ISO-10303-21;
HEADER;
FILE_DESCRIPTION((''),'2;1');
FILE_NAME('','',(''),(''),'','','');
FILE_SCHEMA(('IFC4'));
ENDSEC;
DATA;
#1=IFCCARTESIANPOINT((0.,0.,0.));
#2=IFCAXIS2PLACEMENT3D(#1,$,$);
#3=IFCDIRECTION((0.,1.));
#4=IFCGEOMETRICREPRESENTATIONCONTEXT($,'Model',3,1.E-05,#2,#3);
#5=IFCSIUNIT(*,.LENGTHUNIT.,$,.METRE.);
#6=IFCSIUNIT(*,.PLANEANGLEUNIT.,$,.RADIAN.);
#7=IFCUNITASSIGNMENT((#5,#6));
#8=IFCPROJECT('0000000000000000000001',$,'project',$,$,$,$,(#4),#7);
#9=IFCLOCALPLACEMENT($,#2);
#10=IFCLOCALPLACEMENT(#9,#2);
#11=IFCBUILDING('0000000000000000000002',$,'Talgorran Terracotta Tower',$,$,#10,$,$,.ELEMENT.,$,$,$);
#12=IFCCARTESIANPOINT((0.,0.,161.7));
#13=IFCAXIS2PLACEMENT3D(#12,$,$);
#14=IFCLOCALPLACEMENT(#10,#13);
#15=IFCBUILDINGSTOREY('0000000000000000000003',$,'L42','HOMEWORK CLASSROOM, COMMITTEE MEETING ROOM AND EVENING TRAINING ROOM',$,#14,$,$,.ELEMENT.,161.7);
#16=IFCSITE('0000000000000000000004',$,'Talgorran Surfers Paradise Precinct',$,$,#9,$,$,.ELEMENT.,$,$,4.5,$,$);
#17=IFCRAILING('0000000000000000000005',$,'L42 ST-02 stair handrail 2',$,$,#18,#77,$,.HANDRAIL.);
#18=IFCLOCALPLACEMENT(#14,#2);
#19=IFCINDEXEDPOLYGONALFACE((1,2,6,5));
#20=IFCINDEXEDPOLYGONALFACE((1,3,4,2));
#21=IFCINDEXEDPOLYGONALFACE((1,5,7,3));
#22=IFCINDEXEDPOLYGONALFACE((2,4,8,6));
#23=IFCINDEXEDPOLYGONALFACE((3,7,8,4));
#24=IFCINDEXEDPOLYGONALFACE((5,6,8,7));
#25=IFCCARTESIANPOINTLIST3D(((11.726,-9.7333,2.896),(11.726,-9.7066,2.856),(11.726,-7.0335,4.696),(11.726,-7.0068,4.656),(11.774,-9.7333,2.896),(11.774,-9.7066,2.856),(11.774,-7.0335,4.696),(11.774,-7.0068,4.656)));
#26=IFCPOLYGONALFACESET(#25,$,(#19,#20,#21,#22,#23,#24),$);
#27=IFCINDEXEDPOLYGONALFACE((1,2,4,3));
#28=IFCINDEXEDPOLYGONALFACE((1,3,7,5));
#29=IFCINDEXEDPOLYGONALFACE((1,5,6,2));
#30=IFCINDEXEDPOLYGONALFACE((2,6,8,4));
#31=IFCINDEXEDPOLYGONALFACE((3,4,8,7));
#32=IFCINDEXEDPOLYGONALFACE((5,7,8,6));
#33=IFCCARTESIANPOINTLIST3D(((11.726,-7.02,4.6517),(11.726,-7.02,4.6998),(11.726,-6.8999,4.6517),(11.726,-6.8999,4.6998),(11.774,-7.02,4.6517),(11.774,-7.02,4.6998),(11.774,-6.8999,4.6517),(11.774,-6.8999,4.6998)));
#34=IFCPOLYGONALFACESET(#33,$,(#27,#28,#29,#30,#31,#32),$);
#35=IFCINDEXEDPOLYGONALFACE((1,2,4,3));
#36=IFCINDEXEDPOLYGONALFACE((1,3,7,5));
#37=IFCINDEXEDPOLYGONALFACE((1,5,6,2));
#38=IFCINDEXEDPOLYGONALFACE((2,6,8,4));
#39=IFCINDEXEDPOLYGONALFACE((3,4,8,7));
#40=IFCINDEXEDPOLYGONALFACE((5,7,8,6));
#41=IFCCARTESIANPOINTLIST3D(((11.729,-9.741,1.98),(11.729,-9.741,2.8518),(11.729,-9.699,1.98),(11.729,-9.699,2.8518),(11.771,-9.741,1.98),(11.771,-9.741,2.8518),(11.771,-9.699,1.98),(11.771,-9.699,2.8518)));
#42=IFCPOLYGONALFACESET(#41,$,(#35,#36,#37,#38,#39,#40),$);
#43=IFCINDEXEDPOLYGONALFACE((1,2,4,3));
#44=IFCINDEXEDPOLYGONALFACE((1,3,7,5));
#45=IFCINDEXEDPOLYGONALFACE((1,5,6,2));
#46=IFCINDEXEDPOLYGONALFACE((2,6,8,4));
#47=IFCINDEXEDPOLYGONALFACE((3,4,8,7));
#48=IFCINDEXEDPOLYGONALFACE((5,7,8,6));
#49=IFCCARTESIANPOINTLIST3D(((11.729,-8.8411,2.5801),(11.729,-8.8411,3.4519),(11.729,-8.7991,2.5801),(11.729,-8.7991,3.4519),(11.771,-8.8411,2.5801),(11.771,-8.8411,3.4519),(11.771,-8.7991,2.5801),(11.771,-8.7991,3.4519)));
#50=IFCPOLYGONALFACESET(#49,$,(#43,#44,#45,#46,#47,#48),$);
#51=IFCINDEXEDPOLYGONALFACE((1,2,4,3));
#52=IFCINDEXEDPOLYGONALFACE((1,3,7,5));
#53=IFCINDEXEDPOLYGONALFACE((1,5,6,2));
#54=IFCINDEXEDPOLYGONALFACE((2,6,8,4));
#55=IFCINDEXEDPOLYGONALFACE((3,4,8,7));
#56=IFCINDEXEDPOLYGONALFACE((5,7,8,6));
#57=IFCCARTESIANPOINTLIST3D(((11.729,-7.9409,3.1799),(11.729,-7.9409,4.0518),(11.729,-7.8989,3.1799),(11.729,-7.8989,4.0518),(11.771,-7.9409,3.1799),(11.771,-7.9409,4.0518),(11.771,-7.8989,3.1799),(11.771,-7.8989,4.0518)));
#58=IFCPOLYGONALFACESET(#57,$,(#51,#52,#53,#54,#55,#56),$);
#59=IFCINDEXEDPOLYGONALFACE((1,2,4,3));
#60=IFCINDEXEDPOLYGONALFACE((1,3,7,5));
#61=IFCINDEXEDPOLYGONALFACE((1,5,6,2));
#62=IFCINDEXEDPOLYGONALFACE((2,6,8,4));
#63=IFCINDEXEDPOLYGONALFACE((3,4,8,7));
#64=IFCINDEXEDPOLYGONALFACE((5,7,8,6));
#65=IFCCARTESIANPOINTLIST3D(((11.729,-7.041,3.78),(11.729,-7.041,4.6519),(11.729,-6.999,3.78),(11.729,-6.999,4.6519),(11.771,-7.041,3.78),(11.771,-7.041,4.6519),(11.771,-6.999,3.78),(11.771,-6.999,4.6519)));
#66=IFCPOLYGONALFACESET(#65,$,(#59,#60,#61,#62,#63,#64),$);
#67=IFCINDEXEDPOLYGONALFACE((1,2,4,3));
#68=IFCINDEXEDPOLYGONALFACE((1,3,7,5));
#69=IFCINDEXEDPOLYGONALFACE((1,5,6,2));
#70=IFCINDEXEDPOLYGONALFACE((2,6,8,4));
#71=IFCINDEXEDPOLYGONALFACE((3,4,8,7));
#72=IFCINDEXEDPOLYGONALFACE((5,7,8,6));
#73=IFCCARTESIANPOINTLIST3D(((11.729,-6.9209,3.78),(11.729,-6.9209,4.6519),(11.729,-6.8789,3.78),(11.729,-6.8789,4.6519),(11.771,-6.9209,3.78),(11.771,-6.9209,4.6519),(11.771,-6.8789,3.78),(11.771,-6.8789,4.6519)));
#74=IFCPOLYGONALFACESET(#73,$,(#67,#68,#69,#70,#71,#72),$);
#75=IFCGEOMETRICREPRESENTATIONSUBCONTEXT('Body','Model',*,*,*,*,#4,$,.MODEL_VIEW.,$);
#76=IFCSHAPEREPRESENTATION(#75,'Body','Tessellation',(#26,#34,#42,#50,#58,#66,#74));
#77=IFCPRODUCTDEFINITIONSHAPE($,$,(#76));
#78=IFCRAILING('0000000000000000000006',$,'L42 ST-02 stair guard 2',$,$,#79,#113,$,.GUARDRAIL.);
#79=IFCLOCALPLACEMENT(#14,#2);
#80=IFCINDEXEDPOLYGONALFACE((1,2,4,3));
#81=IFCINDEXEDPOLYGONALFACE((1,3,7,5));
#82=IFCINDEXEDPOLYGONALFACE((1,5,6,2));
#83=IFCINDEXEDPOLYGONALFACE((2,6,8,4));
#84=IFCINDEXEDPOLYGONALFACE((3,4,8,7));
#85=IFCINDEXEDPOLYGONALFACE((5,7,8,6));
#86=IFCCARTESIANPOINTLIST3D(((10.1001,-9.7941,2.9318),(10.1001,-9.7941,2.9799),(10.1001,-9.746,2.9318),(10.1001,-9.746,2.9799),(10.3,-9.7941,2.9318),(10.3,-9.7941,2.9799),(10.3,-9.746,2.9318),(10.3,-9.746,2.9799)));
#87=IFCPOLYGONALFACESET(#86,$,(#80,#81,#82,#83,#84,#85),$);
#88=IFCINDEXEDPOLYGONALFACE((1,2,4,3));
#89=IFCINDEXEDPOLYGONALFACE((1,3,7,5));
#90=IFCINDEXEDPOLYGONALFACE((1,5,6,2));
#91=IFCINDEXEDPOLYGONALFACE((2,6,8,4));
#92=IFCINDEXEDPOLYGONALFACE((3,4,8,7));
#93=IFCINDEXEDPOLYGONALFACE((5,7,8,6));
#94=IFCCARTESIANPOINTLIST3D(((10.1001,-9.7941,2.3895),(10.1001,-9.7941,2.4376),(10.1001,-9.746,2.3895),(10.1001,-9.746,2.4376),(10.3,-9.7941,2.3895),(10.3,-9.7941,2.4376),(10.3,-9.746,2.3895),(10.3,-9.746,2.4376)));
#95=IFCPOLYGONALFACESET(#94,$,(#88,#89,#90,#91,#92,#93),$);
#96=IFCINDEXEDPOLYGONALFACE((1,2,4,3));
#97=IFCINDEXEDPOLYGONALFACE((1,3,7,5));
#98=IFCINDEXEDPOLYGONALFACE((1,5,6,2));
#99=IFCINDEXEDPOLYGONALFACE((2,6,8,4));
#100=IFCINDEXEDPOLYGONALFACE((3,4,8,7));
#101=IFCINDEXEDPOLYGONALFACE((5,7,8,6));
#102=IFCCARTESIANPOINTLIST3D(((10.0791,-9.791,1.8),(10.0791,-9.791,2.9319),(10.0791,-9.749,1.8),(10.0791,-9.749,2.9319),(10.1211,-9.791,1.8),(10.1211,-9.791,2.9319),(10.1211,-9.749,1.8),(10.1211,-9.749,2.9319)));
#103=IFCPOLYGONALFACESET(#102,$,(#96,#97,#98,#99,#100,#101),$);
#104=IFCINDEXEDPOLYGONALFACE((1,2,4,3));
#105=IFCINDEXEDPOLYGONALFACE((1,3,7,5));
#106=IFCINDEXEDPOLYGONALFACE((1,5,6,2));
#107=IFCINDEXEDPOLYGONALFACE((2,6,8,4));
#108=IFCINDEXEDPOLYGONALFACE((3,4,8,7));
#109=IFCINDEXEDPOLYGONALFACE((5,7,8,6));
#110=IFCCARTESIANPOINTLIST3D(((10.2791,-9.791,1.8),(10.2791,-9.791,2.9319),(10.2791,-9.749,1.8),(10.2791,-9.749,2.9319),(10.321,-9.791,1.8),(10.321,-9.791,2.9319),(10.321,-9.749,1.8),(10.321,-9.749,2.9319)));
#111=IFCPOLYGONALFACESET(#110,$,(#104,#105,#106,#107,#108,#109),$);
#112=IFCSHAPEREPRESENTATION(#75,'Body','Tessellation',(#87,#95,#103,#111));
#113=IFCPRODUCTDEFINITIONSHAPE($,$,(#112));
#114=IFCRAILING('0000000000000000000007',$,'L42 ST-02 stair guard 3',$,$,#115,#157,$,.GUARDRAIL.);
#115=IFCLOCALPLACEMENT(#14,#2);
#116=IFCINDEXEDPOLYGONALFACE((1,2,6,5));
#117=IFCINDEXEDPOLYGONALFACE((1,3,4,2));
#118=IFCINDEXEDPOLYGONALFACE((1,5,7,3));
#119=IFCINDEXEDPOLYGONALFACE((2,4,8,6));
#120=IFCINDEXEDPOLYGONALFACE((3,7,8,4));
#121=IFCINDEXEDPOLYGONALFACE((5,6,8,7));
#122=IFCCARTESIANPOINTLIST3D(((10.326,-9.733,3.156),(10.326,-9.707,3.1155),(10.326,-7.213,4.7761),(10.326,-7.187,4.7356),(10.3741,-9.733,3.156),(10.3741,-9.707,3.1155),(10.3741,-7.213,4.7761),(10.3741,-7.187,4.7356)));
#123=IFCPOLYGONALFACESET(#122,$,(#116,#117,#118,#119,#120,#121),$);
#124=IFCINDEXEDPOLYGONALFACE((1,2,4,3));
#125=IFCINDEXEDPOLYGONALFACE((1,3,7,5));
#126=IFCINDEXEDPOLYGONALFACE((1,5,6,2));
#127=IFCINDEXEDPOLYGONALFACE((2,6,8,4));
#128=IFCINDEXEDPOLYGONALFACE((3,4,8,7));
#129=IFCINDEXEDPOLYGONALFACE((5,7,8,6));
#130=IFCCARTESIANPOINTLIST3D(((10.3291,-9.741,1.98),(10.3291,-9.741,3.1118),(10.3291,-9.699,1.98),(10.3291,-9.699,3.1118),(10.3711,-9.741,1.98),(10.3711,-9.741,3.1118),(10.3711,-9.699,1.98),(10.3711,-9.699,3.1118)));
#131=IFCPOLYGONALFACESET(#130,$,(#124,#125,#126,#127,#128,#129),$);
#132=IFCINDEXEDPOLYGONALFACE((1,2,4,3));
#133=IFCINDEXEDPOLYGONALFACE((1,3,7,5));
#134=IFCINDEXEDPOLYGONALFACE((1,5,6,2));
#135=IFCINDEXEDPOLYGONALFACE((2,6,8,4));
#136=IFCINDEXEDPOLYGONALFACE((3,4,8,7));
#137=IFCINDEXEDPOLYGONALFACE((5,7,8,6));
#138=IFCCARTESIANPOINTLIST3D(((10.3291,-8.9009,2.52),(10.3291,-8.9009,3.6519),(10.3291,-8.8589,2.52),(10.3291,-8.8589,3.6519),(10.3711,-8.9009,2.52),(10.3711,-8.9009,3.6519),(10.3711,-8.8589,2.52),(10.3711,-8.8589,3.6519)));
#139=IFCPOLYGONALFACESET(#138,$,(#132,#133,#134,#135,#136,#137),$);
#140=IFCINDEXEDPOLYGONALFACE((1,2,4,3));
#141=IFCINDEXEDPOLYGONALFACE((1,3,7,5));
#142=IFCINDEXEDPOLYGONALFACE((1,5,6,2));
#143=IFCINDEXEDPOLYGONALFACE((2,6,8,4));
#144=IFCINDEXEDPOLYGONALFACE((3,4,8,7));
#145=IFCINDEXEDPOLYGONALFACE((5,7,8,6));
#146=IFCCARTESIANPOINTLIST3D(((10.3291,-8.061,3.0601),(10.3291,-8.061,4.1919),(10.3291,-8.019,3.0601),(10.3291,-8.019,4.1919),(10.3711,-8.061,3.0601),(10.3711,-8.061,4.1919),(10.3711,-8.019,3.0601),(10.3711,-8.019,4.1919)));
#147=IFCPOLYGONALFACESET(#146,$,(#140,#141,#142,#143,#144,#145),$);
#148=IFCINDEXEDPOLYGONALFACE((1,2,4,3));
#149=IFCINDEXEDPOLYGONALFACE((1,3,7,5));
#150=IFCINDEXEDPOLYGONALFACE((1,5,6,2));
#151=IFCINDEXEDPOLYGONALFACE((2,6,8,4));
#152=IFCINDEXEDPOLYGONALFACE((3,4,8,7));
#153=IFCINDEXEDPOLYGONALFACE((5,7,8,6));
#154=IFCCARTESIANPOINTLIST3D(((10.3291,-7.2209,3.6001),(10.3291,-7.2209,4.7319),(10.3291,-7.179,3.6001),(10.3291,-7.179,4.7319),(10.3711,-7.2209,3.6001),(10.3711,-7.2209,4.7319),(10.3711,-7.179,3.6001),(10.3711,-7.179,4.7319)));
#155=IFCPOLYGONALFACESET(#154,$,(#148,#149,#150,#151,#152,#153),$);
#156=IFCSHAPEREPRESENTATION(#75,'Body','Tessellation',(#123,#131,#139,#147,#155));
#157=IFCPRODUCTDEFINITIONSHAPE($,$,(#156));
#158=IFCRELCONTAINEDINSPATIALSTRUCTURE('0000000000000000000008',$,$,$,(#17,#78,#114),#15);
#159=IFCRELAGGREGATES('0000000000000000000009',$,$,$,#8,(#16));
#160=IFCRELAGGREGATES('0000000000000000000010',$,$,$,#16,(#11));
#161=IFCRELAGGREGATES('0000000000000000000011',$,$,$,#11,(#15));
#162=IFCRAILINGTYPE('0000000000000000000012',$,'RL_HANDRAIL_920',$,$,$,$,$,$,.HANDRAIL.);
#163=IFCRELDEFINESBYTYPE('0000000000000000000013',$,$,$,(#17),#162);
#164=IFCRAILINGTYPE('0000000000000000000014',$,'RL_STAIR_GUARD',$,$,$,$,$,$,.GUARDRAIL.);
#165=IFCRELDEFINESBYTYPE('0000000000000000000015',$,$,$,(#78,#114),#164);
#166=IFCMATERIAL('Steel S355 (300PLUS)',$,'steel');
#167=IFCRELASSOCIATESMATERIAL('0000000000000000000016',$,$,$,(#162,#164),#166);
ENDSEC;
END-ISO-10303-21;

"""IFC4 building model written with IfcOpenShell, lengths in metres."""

from ifc_helpers import new_model, si_unit, direction, frame, origin, origin_2d, place, context, subcontext, project, spatial, rectangle, extrude, material, type_object, element, save


model = new_model("IFC4")

# Units and contexts
model_context = context("Model", 3, precision=1e-05, world=origin(), true_north=direction((0.0, 1.0)))
body_context = subcontext(model_context, "Body", "Model", "MODEL_VIEW")
ifc_project = project(units=[si_unit("LENGTHUNIT", "METRE"), si_unit("PLANEANGLEUNIT", "RADIAN")], contexts=[model_context])

# Site, building, storey
site_placement = place(None, origin())
site = spatial("IfcSite", under=ifc_project, at=site_placement, Name="Talgorran Surfers Paradise Precinct", CompositionType="ELEMENT", RefElevation=4.5)
building_placement = place(site_placement, origin())
building = spatial("IfcBuilding", under=site, at=building_placement, Name="Talgorran Terracotta Tower", CompositionType="ELEMENT")
storey_placement = place(building_placement, frame((0.0, 0.0, 161.7)))
storey = spatial("IfcBuildingStorey", under=building, at=storey_placement, Name="L42", Description="HOMEWORK CLASSROOM, COMMITTEE MEETING ROOM AND EVENING TRAINING ROOM", CompositionType="ELEMENT", Elevation=161.7)

# Shared definitions
ifc_material_1 = material(Name="Steel S355 (300PLUS)", Category="steel")

# Railings
railing_type_1 = type_object("IfcRailingType", Name="RL_HANDRAIL_920", PredefinedType="HANDRAIL", material=ifc_material_1)
railing_1_placement = place(storey_placement, frame((11.75, -9.72, 1.98)))
element("IfcRailing", 1, at=railing_1_placement, inside=storey, type_object=railing_type_1, Name="L42 ST-02 stair handrail 2", PredefinedType="HANDRAIL", context=body_context, shape_type="SweptSolid", body=[
    extrude(rectangle(XDim=0.0481, YDim=0.0481, at=origin_2d()), frame((0.0, 0.0, 0.896), z_axis=(0.0, 0.832039, 0.554718), x_axis=(-1.0, 0.0, 0.0)), (0.0, 0.0, 1.0), 3.2449),
    extrude(rectangle(XDim=0.0481, YDim=0.0481, at=origin_2d()), frame((0.0, 2.7, 2.6958), z_axis=(0.0, 1.0, 0.0), x_axis=(-1.0, 0.0, 0.0)), (0.0, 0.0, 1.0), 0.1201),
    extrude(rectangle(XDim=0.042, YDim=0.042, at=origin_2d()), origin(), (0.0, 0.0, 1.0), 0.8718),
    extrude(rectangle(XDim=0.042, YDim=0.042, at=origin_2d()), frame((0.0, 0.8999, 0.6001)), (0.0, 0.0, 1.0), 0.8718),
    extrude(rectangle(XDim=0.042, YDim=0.042, at=origin_2d()), frame((0.0, 1.8, 1.2)), (0.0, 0.0, 1.0), 0.8718),
    extrude(rectangle(XDim=0.042, YDim=0.042, at=origin_2d()), frame((0.0, 2.7, 1.8)), (0.0, 0.0, 1.0), 0.8718),
    extrude(rectangle(XDim=0.042, YDim=0.042, at=origin_2d()), frame((0.0, 2.8201, 1.8)), (0.0, 0.0, 1.0), 0.8718),
])
railing_type_2 = type_object("IfcRailingType", Name="RL_STAIR_GUARD", PredefinedType="GUARDRAIL", material=ifc_material_1)
railing_2_placement = place(storey_placement, frame((10.1001, -9.77, 1.8)))
element("IfcRailing", 2, at=railing_2_placement, inside=storey, type_object=railing_type_2, Name="L42 ST-02 stair guard 2", PredefinedType="GUARDRAIL", context=body_context, shape_type="SweptSolid", body=[
    extrude(rectangle(XDim=0.0481, YDim=0.0481, at=origin_2d()), frame((0.0, 0.0, 1.1558), z_axis=(1.0, 0.0, 0.0), x_axis=(0.0, 1.0, 0.0)), (0.0, 0.0, 1.0), 0.2),
    extrude(rectangle(XDim=0.0481, YDim=0.0481, at=origin_2d()), frame((0.0, 0.0, 0.6135), z_axis=(1.0, 0.0, 0.0), x_axis=(0.0, 1.0, 0.0)), (0.0, 0.0, 1.0), 0.2),
    extrude(rectangle(XDim=0.042, YDim=0.042, at=origin_2d()), origin(), (0.0, 0.0, 1.0), 1.1318),
    extrude(rectangle(XDim=0.042, YDim=0.042, at=origin_2d()), frame((0.2, 0.0, 0.0)), (0.0, 0.0, 1.0), 1.1318),
])
railing_3_placement = place(storey_placement, frame((10.3501, -9.72, 1.98)))
element("IfcRailing", 3, at=railing_3_placement, inside=storey, type_object=railing_type_2, Name="L42 ST-02 stair guard 3", PredefinedType="GUARDRAIL", context=body_context, shape_type="SweptSolid", body=[
    extrude(rectangle(XDim=0.0481, YDim=0.0481, at=origin_2d()), frame((0.0, 0.0, 1.1558), z_axis=(0.0, 0.841163, 0.540782), x_axis=(-1.0, 0.0, 0.0)), (0.0, 0.0, 1.0), 2.9958),
    extrude(rectangle(XDim=0.042, YDim=0.042, at=origin_2d()), origin(), (0.0, 0.0, 1.0), 1.1318),
    extrude(rectangle(XDim=0.042, YDim=0.042, at=origin_2d()), frame((0.0, 0.8401, 0.54)), (0.0, 0.0, 1.0), 1.1318),
    extrude(rectangle(XDim=0.042, YDim=0.042, at=origin_2d()), frame((0.0, 1.6799, 1.0801)), (0.0, 0.0, 1.0), 1.1318),
    extrude(rectangle(XDim=0.042, YDim=0.042, at=origin_2d()), frame((0.0, 2.52, 1.6201)), (0.0, 0.0, 1.0), 1.1318),
])

save(model, "model.ifc")
